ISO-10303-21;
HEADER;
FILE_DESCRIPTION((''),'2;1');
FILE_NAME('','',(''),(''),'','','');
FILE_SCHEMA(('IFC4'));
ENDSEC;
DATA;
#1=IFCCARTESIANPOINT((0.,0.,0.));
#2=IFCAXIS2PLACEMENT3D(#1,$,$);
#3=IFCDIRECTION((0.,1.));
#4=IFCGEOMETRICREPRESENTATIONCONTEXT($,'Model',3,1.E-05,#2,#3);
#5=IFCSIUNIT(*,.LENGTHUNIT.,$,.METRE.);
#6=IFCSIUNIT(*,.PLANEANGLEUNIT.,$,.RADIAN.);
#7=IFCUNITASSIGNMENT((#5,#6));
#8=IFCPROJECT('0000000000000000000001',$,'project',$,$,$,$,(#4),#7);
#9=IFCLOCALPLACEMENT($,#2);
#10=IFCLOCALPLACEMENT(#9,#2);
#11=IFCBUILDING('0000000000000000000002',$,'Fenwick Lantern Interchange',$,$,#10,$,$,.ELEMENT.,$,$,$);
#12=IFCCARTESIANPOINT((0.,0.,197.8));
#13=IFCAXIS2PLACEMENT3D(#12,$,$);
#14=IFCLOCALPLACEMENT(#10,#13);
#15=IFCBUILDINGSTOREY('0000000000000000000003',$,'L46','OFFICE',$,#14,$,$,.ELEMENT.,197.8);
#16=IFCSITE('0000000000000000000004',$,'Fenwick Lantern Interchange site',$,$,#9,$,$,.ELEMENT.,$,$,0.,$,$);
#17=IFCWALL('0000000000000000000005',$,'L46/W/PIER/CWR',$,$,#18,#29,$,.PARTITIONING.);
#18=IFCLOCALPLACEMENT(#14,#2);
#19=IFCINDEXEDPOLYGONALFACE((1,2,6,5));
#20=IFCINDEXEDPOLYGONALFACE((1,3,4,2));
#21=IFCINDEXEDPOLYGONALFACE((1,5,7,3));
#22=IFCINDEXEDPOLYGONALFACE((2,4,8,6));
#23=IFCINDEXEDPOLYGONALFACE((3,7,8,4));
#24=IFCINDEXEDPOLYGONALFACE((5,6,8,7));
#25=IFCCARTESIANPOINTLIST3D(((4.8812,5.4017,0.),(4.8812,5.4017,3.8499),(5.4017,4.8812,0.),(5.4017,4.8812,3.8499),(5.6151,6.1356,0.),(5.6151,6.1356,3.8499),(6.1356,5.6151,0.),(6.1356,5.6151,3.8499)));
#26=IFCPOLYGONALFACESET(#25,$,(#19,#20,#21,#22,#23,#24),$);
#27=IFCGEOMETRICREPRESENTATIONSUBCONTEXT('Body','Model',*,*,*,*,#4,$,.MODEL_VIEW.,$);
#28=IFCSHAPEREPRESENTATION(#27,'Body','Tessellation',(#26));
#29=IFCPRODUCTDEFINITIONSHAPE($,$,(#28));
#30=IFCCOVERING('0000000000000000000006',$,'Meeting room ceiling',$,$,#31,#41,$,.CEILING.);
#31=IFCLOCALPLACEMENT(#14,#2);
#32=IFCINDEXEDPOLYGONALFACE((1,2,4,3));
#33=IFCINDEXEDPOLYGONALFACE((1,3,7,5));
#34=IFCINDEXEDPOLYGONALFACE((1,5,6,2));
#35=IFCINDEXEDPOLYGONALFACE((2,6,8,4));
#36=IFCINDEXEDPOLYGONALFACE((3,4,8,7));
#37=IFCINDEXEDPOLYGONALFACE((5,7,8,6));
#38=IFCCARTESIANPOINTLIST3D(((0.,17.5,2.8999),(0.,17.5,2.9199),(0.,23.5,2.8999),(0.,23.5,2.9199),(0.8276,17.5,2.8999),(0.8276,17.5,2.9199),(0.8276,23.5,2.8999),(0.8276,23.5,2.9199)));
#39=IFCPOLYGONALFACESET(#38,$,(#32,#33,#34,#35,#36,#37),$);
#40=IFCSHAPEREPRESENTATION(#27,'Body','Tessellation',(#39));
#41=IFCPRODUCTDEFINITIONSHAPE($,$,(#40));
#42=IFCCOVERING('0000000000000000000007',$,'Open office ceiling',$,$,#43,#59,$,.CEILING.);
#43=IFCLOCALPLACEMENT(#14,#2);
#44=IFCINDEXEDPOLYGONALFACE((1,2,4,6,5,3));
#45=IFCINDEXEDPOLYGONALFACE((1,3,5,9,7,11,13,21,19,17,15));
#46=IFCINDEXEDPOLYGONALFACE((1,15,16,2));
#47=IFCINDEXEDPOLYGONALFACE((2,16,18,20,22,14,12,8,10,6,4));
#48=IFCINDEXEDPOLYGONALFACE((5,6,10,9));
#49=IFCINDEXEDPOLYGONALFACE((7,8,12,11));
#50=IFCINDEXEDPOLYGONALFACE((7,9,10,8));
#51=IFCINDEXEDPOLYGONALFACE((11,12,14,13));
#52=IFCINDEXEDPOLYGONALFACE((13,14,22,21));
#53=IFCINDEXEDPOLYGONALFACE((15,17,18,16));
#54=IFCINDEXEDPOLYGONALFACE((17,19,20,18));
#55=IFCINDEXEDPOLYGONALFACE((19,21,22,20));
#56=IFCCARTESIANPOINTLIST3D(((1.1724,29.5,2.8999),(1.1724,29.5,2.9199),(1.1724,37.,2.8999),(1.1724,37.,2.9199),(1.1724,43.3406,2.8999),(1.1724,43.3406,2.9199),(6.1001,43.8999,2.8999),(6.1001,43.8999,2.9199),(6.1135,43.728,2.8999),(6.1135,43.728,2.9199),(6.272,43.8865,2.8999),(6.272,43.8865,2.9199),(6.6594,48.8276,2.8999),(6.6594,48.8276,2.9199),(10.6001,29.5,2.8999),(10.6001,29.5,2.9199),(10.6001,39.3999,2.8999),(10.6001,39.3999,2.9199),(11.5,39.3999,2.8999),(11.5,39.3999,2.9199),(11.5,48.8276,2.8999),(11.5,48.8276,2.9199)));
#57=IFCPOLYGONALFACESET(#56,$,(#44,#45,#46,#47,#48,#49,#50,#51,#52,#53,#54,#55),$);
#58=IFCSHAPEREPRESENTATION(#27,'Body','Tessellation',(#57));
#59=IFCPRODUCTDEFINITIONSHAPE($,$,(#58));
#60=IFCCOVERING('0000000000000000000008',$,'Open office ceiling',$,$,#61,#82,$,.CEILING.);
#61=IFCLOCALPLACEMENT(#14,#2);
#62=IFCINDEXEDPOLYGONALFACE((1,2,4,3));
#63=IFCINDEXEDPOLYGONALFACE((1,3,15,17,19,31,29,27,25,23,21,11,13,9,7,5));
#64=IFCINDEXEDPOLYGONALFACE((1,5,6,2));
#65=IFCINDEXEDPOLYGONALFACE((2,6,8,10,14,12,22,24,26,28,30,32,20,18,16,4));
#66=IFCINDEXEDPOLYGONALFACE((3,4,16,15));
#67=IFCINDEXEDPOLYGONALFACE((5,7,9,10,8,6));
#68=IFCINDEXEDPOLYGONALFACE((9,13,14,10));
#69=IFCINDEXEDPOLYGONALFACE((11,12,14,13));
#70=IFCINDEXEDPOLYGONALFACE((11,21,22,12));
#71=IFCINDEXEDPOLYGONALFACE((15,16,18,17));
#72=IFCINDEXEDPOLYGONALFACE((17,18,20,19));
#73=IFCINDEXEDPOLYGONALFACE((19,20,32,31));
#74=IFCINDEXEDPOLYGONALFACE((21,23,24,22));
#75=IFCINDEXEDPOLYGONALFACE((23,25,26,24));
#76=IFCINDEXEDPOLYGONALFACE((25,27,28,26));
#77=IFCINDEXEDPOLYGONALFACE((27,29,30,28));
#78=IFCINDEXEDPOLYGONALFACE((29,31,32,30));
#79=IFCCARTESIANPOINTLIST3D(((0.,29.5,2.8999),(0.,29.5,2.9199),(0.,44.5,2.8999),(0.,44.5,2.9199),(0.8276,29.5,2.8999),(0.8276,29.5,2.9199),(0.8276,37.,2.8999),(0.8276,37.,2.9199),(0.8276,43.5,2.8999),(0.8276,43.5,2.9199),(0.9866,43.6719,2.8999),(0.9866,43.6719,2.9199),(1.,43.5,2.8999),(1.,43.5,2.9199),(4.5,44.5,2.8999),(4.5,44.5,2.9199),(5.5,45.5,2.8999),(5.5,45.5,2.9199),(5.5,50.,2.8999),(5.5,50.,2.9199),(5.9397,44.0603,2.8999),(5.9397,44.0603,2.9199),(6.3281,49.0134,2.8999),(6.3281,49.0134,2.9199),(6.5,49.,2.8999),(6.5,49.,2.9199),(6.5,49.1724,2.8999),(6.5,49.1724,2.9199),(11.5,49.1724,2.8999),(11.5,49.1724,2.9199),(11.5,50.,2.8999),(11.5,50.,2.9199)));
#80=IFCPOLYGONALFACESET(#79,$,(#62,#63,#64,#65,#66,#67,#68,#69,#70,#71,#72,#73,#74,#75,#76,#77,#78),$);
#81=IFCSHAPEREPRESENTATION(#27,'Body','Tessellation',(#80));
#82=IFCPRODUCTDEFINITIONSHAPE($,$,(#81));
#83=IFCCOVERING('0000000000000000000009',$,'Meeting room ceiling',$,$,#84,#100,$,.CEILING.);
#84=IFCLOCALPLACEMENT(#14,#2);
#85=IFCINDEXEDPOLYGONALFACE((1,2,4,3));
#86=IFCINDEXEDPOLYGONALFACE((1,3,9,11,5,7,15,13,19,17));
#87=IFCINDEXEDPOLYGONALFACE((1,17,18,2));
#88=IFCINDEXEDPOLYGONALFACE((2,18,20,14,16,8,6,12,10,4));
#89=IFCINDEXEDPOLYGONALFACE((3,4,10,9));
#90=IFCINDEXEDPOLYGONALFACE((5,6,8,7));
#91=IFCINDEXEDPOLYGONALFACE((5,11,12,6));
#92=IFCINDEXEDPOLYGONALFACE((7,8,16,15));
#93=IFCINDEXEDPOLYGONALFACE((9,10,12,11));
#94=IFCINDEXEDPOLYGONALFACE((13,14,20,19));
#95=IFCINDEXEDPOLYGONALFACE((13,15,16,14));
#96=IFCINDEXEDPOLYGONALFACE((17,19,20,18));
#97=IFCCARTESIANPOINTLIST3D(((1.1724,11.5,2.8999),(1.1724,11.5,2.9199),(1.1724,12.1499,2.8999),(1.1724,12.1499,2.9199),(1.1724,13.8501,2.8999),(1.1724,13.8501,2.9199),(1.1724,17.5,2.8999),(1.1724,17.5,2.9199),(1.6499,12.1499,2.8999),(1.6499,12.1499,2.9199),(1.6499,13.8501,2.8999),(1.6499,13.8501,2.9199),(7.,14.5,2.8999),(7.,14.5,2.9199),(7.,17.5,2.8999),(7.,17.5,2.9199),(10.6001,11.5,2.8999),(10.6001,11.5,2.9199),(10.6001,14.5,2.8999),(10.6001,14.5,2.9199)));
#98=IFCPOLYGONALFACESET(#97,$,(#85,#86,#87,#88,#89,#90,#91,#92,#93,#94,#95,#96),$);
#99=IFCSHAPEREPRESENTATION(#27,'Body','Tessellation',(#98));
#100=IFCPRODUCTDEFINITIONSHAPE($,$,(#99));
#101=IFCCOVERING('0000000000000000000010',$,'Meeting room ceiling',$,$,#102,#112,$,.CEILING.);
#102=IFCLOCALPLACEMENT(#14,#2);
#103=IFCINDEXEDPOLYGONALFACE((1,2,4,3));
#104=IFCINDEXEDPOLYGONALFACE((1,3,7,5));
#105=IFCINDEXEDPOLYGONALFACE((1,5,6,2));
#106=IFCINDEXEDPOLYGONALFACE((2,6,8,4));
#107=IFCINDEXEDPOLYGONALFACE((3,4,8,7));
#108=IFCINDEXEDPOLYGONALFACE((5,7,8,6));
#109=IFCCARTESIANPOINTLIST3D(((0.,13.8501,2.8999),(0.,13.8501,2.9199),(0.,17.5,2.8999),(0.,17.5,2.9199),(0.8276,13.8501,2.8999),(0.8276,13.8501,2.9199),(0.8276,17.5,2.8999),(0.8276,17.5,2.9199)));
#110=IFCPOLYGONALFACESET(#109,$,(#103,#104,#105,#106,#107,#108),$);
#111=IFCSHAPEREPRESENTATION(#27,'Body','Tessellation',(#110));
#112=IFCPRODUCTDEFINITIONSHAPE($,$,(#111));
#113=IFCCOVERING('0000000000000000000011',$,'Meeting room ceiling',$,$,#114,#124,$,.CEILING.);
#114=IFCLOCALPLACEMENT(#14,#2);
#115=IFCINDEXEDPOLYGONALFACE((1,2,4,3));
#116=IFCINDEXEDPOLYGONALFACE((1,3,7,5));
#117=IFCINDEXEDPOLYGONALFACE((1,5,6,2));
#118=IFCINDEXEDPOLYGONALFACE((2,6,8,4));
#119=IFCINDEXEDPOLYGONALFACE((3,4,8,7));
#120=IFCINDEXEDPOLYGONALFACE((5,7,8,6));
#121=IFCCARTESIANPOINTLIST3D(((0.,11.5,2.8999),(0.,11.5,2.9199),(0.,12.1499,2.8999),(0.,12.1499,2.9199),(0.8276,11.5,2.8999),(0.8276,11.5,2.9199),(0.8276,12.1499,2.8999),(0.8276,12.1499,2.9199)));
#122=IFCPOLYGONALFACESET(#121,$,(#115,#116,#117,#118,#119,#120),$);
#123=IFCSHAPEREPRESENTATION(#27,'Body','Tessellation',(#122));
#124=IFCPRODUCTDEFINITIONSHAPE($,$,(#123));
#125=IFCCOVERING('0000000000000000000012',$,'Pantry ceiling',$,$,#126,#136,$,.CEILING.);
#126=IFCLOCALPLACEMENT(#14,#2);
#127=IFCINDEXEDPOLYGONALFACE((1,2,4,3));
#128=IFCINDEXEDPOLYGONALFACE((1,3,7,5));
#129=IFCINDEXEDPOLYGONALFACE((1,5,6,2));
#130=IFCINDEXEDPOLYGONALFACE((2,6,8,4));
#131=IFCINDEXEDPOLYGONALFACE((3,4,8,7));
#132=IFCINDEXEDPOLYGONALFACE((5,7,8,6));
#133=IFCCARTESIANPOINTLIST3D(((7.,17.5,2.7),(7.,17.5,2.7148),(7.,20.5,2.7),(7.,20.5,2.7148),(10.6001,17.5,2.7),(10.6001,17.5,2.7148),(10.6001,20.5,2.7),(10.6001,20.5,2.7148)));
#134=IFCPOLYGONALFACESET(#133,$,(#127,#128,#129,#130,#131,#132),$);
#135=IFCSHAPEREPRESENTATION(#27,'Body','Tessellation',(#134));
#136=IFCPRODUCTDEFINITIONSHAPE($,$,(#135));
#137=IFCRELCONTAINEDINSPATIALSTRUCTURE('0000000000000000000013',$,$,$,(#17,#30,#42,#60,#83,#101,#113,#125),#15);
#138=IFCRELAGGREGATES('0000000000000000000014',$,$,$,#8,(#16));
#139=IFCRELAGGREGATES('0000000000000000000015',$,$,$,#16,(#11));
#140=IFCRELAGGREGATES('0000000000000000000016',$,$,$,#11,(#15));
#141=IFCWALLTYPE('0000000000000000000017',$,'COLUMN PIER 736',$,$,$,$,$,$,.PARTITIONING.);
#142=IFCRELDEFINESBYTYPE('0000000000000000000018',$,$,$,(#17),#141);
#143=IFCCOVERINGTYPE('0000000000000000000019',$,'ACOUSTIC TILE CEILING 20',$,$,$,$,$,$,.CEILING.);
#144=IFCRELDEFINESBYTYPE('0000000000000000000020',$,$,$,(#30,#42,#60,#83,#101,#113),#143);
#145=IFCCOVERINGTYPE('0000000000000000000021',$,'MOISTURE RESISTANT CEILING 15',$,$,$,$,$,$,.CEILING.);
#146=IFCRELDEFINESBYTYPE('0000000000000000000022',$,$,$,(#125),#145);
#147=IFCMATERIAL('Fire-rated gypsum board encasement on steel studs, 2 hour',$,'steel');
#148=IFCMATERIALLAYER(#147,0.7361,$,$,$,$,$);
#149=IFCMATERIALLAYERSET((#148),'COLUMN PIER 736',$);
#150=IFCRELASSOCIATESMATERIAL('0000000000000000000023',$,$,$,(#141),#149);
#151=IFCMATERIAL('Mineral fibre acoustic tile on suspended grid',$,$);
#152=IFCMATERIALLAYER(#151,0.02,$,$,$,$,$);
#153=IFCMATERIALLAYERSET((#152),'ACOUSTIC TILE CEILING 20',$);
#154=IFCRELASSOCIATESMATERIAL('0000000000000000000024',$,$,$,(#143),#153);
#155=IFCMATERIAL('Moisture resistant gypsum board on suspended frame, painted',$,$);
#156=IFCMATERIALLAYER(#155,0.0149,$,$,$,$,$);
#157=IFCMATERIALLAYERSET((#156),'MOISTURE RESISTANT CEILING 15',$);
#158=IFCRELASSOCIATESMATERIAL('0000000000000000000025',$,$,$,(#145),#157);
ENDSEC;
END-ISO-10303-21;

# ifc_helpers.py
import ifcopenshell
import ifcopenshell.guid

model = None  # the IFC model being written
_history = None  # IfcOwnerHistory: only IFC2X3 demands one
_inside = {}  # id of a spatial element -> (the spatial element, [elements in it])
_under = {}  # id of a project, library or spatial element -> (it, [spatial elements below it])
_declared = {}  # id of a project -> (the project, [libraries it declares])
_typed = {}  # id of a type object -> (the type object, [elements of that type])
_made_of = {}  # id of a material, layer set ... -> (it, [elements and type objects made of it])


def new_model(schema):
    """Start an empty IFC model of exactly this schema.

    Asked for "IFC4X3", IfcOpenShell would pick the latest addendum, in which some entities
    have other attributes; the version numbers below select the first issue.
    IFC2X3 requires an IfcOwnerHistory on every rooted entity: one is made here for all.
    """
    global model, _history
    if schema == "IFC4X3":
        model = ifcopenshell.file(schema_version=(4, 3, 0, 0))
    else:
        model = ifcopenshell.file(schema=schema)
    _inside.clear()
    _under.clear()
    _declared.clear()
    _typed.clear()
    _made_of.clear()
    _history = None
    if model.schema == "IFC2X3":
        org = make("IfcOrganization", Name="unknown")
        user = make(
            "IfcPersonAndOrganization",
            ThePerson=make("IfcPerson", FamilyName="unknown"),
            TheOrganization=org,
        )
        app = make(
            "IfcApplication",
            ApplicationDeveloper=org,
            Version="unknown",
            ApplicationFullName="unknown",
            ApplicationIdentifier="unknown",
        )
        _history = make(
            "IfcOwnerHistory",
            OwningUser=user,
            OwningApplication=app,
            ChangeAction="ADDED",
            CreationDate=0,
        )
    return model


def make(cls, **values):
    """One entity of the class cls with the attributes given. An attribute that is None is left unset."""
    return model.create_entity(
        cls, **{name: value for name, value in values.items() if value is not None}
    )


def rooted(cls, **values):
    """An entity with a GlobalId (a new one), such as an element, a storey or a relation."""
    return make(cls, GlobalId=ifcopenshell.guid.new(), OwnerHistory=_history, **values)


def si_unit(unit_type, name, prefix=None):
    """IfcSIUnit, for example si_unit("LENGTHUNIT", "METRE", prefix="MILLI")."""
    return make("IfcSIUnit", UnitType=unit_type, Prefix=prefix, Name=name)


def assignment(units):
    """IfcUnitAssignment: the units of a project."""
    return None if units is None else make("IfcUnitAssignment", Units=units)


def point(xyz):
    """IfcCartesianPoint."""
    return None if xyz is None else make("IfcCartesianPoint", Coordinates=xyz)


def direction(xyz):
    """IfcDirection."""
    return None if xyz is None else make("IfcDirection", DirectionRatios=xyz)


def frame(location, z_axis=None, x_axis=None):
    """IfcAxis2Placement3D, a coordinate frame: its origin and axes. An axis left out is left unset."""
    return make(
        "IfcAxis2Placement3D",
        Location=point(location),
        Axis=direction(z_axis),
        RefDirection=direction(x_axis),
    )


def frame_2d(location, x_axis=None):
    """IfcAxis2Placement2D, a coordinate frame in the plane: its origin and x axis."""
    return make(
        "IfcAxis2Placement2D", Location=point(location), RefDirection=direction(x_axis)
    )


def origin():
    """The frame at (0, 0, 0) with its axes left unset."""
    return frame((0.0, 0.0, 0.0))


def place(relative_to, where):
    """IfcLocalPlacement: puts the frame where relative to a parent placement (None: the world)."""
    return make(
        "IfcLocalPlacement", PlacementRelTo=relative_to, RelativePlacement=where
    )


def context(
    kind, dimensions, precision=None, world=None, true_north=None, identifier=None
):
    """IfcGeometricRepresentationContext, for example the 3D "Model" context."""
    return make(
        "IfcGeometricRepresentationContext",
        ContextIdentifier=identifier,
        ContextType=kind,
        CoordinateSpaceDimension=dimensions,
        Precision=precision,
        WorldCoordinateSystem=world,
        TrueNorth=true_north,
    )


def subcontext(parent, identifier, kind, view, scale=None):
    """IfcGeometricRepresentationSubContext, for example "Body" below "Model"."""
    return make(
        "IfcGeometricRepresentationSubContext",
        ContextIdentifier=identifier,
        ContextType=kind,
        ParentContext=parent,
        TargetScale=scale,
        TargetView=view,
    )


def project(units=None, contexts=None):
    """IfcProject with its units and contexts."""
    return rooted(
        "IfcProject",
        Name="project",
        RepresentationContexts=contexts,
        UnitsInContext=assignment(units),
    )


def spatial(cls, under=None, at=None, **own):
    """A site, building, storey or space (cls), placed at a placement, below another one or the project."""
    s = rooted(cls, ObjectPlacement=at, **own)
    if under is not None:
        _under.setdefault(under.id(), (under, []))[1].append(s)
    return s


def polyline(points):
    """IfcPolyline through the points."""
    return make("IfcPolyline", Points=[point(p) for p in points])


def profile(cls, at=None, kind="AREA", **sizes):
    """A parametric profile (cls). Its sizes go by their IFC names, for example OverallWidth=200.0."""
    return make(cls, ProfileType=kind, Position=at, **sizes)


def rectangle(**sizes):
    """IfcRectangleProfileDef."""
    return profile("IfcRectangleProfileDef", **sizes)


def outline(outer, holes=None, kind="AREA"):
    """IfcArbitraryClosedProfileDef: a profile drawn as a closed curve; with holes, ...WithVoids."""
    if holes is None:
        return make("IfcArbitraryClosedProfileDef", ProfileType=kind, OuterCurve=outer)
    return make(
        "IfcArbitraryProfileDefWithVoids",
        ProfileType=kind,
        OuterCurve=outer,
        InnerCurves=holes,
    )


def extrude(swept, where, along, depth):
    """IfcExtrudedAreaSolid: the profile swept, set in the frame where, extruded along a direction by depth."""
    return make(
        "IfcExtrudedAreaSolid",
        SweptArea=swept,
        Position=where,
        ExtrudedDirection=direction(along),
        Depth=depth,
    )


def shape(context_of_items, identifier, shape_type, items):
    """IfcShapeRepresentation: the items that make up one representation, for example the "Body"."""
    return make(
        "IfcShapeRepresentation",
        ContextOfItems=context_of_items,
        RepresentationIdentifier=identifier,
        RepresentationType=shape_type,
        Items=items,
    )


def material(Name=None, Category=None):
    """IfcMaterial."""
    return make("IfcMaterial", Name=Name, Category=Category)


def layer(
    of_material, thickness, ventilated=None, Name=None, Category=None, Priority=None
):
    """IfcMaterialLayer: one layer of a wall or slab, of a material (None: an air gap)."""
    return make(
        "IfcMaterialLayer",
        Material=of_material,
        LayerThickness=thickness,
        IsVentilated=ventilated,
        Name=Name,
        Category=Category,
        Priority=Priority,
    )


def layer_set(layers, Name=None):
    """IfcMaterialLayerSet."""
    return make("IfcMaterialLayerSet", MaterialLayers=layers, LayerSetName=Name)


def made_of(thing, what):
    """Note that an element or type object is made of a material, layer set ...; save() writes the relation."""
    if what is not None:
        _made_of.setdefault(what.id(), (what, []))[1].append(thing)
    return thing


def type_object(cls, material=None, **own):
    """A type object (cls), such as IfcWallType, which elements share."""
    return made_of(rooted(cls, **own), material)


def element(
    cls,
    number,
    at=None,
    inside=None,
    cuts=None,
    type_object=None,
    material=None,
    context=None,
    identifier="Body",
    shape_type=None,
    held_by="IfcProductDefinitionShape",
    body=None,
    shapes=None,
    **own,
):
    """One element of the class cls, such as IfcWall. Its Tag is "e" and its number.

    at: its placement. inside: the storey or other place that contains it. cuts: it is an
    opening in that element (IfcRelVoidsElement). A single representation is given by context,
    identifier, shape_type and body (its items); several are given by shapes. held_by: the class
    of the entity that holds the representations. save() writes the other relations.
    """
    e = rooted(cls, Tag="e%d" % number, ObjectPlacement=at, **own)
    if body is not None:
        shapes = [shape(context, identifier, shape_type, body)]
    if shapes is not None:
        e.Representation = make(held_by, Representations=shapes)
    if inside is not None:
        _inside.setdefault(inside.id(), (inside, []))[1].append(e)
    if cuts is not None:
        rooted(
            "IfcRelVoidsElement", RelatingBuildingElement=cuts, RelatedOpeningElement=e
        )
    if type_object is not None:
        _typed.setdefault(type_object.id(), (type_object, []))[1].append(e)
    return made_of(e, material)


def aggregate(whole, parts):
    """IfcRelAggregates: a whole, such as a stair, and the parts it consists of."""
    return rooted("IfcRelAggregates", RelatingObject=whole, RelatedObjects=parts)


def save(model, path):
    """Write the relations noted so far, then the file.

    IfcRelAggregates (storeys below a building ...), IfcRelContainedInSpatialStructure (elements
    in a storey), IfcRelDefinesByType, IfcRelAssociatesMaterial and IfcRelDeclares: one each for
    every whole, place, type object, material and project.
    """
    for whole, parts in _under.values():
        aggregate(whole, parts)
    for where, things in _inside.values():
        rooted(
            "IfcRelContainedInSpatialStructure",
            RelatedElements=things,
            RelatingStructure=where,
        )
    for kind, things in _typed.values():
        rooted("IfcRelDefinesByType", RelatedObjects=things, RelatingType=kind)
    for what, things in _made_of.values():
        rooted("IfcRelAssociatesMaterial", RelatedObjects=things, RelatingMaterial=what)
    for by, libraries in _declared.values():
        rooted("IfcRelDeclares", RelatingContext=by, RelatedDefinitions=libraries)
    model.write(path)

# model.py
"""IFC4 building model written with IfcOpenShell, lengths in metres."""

from ifc_helpers import new_model, si_unit, direction, frame, frame_2d, origin, place, context, subcontext, project, spatial, polyline, rectangle, outline, extrude, material, layer, layer_set, type_object, element, save


model = new_model("IFC4")

# Units and contexts
model_context = context("Model", 3, precision=1e-05, world=origin(), true_north=direction((0.0, 1.0)))
body_context = subcontext(model_context, "Body", "Model", "MODEL_VIEW")
ifc_project = project(units=[si_unit("LENGTHUNIT", "METRE"), si_unit("PLANEANGLEUNIT", "RADIAN")], contexts=[model_context])

# Site, building, storey
site_placement = place(None, origin())
site = spatial("IfcSite", under=ifc_project, at=site_placement, Name="Fenwick Lantern Interchange site", CompositionType="ELEMENT", RefElevation=0.0)
building_placement = place(site_placement, origin())
building = spatial("IfcBuilding", under=site, at=building_placement, Name="Fenwick Lantern Interchange", CompositionType="ELEMENT")
storey_placement = place(building_placement, frame((0.0, 0.0, 197.8)))
storey = spatial("IfcBuildingStorey", under=building, at=storey_placement, Name="L46", Description="OFFICE", CompositionType="ELEMENT", Elevation=197.8)

# Wall
ifc_material_1 = material(Name="Fire-rated gypsum board encasement on steel studs, 2 hour", Category="steel")
ifc_layer_1 = layer(ifc_material_1, 0.7361)
ifc_layer_set_1 = layer_set([ifc_layer_1], Name="COLUMN PIER 736")
wall_type_1 = type_object("IfcWallType", Name="COLUMN PIER 736", PredefinedType="PARTITIONING", material=ifc_layer_set_1)
wall_1_placement = place(storey_placement, frame((5.1414, 5.1414, 0.0), z_axis=(0.0, 0.0, 1.0), x_axis=(0.707107, 0.707107, 0.0)))
element("IfcWall", 1, at=wall_1_placement, inside=storey, type_object=wall_type_1, Name="L46/W/PIER/CWR", PredefinedType="PARTITIONING", context=body_context, shape_type="SweptSolid", body=[
    extrude(rectangle(XDim=1.0378, YDim=0.7361, at=frame_2d((0.519, 0.0))), origin(), (0.0, 0.0, 1.0), 3.8499),
])

# Coverings
ifc_material_2 = material(Name="Mineral fibre acoustic tile on suspended grid")
ifc_layer_2 = layer(ifc_material_2, 0.02)
ifc_layer_set_2 = layer_set([ifc_layer_2], Name="ACOUSTIC TILE CEILING 20")
covering_type_1 = type_object("IfcCoveringType", Name="ACOUSTIC TILE CEILING 20", PredefinedType="CEILING", material=ifc_layer_set_2)
covering_1_placement = place(storey_placement, frame((0.0, 0.0, 2.8999)))
element("IfcCovering", 2, at=covering_1_placement, inside=storey, type_object=covering_type_1, Name="Meeting room ceiling", PredefinedType="CEILING", context=body_context, shape_type="SweptSolid", body=[
    extrude(outline(polyline([(0.0, 17.5), (0.8276, 17.5), (0.8276, 23.5), (0.0, 23.5), (0.0, 17.5)])), origin(), (0.0, 0.0, 1.0), 0.02),
])
covering_2_placement = place(storey_placement, frame((0.0, 0.0, 2.8999)))
element("IfcCovering", 3, at=covering_2_placement, inside=storey, type_object=covering_type_1, Name="Open office ceiling", PredefinedType="CEILING", context=body_context, shape_type="SweptSolid", body=[
    extrude(outline(polyline([(11.5, 39.3999), (11.5, 48.8276), (6.6594, 48.8276), (6.272, 43.8865), (6.1001, 43.8999), (6.1135, 43.728), (1.1724, 43.3406), (1.1724, 37.0), (1.1724, 29.5), (10.6001, 29.5), (10.6001, 39.3999), (11.5, 39.3999)])), origin(), (0.0, 0.0, 1.0), 0.02),
])
covering_3_placement = place(storey_placement, frame((0.0, 0.0, 2.8999)))
element("IfcCovering", 4, at=covering_3_placement, inside=storey, type_object=covering_type_1, Name="Open office ceiling", PredefinedType="CEILING", context=body_context, shape_type="SweptSolid", body=[
    extrude(outline(polyline([(0.0, 44.5), (0.0, 29.5), (0.8276, 29.5), (0.8276, 37.0), (0.8276, 43.5), (1.0, 43.5), (0.9866, 43.6719), (5.9397, 44.0603), (6.3281, 49.0134), (6.5, 49.0), (6.5, 49.1724), (11.5, 49.1724), (11.5, 50.0), (5.5, 50.0), (5.5, 45.5), (4.5, 44.5), (0.0, 44.5)])), origin(), (0.0, 0.0, 1.0), 0.02),
])
covering_4_placement = place(storey_placement, frame((0.0, 0.0, 2.8999)))
element("IfcCovering", 5, at=covering_4_placement, inside=storey, type_object=covering_type_1, Name="Meeting room ceiling", PredefinedType="CEILING", context=body_context, shape_type="SweptSolid", body=[
    extrude(outline(polyline([(1.6499, 12.1499), (1.1724, 12.1499), (1.1724, 11.5), (10.6001, 11.5), (10.6001, 14.5), (7.0, 14.5), (7.0, 17.5), (1.1724, 17.5), (1.1724, 13.8501), (1.6499, 13.8501), (1.6499, 12.1499)])), origin(), (0.0, 0.0, 1.0), 0.02),
])
covering_5_placement = place(storey_placement, frame((0.0, 0.0, 2.8999)))
element("IfcCovering", 6, at=covering_5_placement, inside=storey, type_object=covering_type_1, Name="Meeting room ceiling", PredefinedType="CEILING", context=body_context, shape_type="SweptSolid", body=[
    extrude(outline(polyline([(0.0, 13.8501), (0.8276, 13.8501), (0.8276, 17.5), (0.0, 17.5), (0.0, 13.8501)])), origin(), (0.0, 0.0, 1.0), 0.02),
])
covering_6_placement = place(storey_placement, frame((0.0, 0.0, 2.8999)))
element("IfcCovering", 7, at=covering_6_placement, inside=storey, type_object=covering_type_1, Name="Meeting room ceiling", PredefinedType="CEILING", context=body_context, shape_type="SweptSolid", body=[
    extrude(outline(polyline([(0.8276, 12.1499), (0.0, 12.1499), (0.0, 11.5), (0.8276, 11.5), (0.8276, 12.1499)])), origin(), (0.0, 0.0, 1.0), 0.02),
])
ifc_material_3 = material(Name="Moisture resistant gypsum board on suspended frame, painted")
ifc_layer_3 = layer(ifc_material_3, 0.0149)
ifc_layer_set_3 = layer_set([ifc_layer_3], Name="MOISTURE RESISTANT CEILING 15")
covering_type_2 = type_object("IfcCoveringType", Name="MOISTURE RESISTANT CEILING 15", PredefinedType="CEILING", material=ifc_layer_set_3)
covering_7_placement = place(storey_placement, frame((0.0, 0.0, 2.7)))
element("IfcCovering", 8, at=covering_7_placement, inside=storey, type_object=covering_type_2, Name="Pantry ceiling", PredefinedType="CEILING", context=body_context, shape_type="SweptSolid", body=[
    extrude(outline(polyline([(7.0, 20.5), (7.0, 17.5), (10.6001, 17.5), (10.6001, 20.5), (7.0, 20.5)])), origin(), (0.0, 0.0, 1.0), 0.0149),
])

save(model, "model.ifc")
